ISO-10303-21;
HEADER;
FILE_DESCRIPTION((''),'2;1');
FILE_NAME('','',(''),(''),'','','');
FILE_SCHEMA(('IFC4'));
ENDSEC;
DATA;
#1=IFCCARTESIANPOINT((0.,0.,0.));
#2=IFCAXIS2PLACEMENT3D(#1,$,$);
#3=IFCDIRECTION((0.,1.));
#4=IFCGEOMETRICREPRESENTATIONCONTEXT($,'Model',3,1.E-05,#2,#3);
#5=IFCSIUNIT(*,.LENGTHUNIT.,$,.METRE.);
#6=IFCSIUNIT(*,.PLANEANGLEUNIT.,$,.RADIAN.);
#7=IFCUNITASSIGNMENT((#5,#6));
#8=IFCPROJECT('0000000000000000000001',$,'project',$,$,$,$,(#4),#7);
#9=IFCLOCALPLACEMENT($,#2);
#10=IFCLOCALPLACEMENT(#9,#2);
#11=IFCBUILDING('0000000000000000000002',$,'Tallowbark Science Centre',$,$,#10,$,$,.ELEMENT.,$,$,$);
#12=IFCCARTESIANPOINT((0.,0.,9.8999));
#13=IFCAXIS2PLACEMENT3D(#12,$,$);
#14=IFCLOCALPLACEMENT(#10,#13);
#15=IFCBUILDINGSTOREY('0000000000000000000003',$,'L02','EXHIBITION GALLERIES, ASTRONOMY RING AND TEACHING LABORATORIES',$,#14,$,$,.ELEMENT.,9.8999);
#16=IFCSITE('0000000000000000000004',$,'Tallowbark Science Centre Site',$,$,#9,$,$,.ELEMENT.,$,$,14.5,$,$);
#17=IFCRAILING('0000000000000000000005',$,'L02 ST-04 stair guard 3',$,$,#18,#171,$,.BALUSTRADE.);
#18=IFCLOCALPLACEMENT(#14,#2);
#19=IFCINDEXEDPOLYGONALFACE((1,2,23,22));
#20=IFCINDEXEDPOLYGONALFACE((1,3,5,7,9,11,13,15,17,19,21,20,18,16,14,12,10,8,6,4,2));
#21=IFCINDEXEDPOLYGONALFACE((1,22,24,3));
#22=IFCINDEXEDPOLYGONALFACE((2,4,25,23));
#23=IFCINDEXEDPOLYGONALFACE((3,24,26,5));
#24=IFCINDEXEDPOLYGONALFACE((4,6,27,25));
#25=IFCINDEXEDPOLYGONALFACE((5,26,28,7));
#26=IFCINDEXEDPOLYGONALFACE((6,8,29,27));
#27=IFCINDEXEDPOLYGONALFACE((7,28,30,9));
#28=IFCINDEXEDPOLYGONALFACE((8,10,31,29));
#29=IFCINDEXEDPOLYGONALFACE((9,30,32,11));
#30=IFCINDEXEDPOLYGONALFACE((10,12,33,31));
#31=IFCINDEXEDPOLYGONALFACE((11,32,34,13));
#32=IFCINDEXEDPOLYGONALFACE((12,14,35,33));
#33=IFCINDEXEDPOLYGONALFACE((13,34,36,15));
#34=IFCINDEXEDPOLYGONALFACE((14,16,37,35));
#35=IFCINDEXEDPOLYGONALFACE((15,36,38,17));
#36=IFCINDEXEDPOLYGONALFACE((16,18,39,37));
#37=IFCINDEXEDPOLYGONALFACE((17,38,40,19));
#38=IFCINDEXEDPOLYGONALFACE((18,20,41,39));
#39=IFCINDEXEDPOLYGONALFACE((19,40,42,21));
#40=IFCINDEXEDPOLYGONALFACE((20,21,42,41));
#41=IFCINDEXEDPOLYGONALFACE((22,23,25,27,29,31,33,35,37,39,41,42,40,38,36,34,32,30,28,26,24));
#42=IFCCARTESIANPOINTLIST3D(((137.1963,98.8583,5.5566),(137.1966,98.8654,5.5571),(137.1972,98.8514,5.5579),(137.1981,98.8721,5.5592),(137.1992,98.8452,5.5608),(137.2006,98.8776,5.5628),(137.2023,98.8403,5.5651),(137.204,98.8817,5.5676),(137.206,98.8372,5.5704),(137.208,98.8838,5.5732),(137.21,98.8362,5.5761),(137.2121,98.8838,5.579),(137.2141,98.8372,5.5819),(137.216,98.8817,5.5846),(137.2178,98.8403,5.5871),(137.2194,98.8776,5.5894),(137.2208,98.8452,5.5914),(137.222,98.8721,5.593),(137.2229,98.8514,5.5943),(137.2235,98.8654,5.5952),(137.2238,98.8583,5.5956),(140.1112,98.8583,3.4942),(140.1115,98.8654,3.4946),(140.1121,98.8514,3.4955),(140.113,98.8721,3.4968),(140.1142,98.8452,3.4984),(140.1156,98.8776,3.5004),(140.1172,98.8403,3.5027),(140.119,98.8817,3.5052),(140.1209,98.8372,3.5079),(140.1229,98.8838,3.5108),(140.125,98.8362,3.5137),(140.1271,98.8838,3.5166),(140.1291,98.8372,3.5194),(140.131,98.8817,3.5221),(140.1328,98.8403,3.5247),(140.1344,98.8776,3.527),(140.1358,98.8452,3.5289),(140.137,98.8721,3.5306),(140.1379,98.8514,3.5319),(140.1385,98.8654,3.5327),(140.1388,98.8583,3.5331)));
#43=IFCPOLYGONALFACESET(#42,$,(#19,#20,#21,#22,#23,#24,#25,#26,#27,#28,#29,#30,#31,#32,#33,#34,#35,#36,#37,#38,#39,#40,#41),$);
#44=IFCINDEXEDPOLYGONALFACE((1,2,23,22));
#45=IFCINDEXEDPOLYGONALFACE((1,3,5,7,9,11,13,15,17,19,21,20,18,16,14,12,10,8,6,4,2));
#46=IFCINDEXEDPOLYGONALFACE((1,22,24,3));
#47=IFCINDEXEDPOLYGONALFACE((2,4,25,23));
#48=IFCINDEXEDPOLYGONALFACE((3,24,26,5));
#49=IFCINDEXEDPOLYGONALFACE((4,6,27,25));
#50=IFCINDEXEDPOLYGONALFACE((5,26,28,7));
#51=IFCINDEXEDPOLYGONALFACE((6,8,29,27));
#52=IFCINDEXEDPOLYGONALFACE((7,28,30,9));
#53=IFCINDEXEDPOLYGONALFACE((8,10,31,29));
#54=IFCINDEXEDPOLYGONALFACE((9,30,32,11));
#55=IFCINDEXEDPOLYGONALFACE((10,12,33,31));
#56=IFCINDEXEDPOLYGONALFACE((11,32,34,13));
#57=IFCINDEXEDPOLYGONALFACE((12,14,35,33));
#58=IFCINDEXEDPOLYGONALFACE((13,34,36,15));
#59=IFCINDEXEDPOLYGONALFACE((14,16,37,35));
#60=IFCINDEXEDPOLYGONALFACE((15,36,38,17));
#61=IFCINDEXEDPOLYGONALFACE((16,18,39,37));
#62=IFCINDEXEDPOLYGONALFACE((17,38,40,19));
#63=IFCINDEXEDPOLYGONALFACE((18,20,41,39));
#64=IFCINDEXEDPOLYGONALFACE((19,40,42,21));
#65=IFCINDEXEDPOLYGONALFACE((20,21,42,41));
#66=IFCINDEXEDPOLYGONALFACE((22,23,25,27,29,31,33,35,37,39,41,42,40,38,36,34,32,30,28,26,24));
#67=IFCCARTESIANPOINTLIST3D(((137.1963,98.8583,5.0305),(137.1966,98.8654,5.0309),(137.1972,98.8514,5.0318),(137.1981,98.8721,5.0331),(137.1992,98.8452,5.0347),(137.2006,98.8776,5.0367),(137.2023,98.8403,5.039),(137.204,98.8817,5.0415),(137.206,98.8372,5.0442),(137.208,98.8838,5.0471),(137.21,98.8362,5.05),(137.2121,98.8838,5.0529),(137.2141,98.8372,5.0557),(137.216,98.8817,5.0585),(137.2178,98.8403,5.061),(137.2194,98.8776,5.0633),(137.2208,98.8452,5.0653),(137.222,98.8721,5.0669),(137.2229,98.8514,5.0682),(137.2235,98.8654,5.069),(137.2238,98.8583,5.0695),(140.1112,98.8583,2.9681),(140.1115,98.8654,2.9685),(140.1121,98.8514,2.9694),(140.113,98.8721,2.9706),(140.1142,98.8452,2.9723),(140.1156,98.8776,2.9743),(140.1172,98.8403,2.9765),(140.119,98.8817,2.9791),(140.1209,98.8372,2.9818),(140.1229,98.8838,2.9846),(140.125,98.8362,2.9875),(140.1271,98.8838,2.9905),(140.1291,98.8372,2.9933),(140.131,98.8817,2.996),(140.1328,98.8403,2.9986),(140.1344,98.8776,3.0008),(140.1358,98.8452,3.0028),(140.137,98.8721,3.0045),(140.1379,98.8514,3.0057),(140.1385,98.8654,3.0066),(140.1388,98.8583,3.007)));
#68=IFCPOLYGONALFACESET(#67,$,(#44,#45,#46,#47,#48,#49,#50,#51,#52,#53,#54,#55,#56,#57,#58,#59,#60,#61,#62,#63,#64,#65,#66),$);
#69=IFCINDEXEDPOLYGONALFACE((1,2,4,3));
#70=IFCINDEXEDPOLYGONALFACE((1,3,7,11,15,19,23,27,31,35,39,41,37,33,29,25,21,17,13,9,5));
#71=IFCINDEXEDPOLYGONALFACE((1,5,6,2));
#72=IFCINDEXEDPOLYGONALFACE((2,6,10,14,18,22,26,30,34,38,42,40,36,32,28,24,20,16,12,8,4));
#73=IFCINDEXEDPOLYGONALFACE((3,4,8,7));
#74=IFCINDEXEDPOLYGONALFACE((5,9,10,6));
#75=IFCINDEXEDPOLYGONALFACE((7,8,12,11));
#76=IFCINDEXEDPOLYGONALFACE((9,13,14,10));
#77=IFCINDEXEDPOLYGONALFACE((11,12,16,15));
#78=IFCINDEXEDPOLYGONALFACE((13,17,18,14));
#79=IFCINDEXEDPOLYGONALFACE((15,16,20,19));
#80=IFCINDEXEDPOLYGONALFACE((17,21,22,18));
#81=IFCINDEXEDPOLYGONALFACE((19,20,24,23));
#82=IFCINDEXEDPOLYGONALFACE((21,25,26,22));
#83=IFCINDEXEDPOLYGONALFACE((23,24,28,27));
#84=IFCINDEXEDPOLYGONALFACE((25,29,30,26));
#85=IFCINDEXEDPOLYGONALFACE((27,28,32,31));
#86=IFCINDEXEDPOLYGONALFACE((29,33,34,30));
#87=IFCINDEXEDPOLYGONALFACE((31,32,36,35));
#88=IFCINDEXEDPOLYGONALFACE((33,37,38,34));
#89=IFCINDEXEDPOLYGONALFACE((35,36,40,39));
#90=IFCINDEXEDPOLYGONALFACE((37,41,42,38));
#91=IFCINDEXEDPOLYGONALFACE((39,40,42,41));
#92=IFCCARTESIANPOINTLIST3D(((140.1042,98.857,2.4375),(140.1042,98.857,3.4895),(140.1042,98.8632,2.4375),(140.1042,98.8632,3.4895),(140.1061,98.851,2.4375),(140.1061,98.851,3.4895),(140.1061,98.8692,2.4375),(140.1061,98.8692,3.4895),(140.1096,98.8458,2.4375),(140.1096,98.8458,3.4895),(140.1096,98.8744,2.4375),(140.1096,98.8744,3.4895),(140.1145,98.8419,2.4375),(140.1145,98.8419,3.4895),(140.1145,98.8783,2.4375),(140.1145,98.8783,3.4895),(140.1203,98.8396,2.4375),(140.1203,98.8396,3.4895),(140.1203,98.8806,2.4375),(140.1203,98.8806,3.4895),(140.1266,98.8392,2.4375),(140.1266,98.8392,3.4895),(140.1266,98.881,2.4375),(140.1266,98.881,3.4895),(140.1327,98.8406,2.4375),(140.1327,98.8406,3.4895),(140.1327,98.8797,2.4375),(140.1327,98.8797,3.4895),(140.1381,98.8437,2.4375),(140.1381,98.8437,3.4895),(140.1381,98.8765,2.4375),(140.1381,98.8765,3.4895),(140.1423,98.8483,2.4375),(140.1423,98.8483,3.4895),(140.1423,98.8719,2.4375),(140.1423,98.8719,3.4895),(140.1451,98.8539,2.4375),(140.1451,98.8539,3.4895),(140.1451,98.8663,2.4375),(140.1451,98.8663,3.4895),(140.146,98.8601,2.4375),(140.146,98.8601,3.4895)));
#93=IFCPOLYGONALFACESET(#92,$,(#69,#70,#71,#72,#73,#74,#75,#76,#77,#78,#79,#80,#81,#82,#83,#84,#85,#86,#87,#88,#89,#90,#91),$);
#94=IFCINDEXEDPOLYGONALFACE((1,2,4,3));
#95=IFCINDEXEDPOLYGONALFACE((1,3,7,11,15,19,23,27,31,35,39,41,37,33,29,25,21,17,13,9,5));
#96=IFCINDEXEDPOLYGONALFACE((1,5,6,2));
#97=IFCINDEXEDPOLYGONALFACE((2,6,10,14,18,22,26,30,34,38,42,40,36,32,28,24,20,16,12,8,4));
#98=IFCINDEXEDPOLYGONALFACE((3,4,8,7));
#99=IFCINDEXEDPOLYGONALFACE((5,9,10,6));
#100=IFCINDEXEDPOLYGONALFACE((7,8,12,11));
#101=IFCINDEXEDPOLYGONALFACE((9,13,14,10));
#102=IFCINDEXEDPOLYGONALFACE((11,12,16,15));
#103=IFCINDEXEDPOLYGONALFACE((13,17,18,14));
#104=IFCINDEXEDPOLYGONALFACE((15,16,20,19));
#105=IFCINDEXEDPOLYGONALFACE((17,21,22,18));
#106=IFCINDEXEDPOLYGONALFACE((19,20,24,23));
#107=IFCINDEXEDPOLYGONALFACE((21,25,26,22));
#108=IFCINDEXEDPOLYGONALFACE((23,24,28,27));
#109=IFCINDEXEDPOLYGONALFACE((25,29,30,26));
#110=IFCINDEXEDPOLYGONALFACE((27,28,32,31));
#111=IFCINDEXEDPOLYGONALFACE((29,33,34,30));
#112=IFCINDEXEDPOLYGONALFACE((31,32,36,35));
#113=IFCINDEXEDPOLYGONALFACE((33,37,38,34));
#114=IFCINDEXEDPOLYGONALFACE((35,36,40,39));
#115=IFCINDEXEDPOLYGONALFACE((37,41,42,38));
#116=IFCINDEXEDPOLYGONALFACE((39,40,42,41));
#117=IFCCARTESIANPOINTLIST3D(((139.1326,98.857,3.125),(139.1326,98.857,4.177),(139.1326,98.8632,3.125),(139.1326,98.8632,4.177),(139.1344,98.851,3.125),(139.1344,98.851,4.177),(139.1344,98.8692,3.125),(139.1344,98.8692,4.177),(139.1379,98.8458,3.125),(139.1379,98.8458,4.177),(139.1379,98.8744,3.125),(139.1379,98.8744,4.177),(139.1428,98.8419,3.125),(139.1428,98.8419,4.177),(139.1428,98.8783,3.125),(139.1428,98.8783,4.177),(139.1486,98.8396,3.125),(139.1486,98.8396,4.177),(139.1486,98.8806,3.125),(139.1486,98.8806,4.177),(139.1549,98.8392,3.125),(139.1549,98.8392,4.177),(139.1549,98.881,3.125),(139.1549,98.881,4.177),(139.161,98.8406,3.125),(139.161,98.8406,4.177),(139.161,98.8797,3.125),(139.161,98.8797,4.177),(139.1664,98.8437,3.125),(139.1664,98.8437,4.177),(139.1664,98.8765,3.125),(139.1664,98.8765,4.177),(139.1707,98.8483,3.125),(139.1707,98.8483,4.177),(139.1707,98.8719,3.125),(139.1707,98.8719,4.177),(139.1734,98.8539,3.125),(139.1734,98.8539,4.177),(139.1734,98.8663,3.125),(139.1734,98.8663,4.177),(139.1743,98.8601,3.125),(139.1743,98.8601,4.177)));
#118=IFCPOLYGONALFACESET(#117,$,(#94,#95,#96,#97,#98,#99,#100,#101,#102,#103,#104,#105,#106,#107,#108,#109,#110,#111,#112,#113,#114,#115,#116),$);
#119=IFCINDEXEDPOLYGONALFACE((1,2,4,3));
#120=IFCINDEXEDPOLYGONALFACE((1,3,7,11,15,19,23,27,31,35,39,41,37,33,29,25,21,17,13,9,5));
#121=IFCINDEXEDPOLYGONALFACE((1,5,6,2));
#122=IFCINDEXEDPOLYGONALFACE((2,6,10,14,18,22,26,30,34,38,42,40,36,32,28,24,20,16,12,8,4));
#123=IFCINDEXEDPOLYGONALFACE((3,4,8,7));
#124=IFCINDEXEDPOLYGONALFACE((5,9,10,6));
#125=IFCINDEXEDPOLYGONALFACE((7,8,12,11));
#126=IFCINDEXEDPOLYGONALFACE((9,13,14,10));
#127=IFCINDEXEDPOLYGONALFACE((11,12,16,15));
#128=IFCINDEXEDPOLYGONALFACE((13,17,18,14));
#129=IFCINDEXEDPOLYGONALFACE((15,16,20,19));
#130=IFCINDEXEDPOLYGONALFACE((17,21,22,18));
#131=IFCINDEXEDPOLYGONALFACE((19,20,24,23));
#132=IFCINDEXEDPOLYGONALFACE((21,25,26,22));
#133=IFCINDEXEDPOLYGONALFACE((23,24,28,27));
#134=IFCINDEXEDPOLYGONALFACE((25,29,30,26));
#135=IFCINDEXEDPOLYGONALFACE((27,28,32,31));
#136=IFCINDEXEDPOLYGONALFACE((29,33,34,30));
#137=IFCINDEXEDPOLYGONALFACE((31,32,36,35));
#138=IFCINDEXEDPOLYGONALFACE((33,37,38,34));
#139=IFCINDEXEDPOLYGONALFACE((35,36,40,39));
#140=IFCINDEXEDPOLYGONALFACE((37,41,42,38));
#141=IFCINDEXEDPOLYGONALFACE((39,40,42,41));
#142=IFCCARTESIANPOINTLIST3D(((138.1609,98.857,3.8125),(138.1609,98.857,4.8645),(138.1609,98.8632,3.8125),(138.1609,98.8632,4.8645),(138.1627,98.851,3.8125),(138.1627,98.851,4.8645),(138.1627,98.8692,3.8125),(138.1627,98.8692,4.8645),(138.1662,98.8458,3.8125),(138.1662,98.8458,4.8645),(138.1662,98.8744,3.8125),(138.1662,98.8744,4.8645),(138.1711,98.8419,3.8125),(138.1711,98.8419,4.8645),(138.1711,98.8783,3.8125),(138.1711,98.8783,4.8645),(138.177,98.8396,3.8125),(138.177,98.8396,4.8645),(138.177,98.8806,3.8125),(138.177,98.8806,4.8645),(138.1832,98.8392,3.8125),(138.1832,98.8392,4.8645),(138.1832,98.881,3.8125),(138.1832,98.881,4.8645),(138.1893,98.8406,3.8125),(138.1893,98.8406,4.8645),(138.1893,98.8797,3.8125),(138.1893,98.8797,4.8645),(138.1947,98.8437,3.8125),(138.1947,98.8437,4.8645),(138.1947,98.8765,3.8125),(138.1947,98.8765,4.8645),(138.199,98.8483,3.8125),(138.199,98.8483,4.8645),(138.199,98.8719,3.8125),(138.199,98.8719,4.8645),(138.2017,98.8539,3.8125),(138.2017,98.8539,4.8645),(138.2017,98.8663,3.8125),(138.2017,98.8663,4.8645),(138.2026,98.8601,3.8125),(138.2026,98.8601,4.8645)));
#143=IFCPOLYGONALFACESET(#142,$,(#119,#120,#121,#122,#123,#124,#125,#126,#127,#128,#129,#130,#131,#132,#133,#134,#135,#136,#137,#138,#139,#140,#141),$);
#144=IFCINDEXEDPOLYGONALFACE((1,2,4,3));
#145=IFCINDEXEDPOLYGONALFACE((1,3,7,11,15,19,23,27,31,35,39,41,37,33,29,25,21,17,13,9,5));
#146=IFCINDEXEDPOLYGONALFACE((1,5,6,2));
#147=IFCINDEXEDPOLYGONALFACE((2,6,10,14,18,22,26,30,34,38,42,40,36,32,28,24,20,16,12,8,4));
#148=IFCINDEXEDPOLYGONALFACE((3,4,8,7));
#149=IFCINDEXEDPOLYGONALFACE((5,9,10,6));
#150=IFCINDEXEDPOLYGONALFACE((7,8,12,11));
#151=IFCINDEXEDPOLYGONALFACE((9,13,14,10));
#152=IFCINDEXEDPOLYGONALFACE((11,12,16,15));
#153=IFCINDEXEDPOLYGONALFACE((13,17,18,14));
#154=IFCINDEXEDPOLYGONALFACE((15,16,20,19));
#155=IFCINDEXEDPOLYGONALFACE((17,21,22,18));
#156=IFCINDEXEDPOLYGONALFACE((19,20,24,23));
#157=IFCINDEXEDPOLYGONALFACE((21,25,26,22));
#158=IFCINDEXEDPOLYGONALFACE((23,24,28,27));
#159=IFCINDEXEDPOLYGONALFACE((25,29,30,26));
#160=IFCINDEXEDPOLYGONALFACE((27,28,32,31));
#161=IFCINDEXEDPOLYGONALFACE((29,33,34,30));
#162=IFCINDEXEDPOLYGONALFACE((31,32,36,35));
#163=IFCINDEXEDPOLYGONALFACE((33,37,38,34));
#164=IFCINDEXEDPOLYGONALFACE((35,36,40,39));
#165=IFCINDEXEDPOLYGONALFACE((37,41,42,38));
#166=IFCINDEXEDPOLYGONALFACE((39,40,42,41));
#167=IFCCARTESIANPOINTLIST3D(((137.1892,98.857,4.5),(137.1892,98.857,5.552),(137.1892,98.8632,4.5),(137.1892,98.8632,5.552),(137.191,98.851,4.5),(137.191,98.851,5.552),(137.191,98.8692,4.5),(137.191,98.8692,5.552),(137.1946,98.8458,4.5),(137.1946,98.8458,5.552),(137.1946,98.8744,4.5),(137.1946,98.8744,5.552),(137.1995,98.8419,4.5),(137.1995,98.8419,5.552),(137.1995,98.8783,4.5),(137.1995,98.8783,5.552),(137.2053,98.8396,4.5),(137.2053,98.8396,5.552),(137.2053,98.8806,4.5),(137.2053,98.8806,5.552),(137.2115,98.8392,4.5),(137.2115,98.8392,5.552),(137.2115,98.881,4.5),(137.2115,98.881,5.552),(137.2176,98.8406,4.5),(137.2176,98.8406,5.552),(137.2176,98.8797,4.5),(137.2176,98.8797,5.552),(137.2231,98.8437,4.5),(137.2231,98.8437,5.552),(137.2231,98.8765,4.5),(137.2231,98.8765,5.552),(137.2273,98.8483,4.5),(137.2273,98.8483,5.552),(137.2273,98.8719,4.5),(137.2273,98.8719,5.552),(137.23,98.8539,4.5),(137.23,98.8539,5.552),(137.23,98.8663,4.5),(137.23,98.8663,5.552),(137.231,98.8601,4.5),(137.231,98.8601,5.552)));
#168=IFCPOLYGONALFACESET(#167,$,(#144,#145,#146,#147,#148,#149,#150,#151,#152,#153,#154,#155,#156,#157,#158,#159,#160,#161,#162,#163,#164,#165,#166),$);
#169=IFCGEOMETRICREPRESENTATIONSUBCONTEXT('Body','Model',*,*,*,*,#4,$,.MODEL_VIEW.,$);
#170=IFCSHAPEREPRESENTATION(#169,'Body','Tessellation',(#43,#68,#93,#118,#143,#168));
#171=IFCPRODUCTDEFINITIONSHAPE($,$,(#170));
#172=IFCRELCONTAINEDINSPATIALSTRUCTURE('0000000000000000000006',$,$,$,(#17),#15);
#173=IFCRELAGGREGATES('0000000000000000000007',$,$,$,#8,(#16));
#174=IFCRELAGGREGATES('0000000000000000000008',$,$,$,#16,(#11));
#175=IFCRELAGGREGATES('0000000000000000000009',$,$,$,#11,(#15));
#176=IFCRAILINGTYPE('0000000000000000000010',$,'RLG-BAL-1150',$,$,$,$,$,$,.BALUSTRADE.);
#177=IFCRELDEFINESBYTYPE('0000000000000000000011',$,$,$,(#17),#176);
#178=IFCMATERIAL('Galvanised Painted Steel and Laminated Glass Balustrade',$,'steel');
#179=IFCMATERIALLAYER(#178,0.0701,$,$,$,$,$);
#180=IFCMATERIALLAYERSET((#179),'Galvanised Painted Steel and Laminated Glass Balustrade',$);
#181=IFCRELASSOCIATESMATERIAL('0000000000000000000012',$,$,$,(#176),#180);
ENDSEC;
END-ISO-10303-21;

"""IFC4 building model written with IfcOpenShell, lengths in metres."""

from ifc_helpers import new_model, si_unit, direction, frame, origin, origin_2d, place, context, subcontext, project, spatial, circle, extrude, material, layer, layer_set, type_object, element, save


model = new_model("IFC4")

# Units and contexts
model_context = context("Model", 3, precision=1e-05, world=origin(), true_north=direction((0.0, 1.0)))
body_context = subcontext(model_context, "Body", "Model", "MODEL_VIEW")
ifc_project = project(units=[si_unit("LENGTHUNIT", "METRE"), si_unit("PLANEANGLEUNIT", "RADIAN")], contexts=[model_context])

# Site, building, storey
site_placement = place(None, origin())
site = spatial("IfcSite", under=ifc_project, at=site_placement, Name="Tallowbark Science Centre Site", CompositionType="ELEMENT", RefElevation=14.5)
building_placement = place(site_placement, origin())
building = spatial("IfcBuilding", under=site, at=building_placement, Name="Tallowbark Science Centre", CompositionType="ELEMENT")
storey_placement = place(building_placement, frame((0.0, 0.0, 9.8999)))
storey = spatial("IfcBuildingStorey", under=building, at=storey_placement, Name="L02", Description="EXHIBITION GALLERIES, ASTRONOMY RING AND TEACHING LABORATORIES", CompositionType="ELEMENT", Elevation=9.8999)

# Railing
ifc_material_1 = material(Name="Galvanised Painted Steel and Laminated Glass Balustrade", Category="steel")
ifc_layer_1 = layer(ifc_material_1, 0.0701)
ifc_layer_set_1 = layer_set([ifc_layer_1], Name="Galvanised Painted Steel and Laminated Glass Balustrade")
railing_type_1 = type_object("IfcRailingType", Name="RLG-BAL-1150", PredefinedType="BALUSTRADE", material=ifc_layer_set_1)
railing_1_placement = place(storey_placement, frame((140.125, 98.8601, 2.4375)))
element("IfcRailing", 1, at=railing_1_placement, inside=storey, type_object=railing_type_1, Name="L02 ST-04 stair guard 3", PredefinedType="BALUSTRADE", context=body_context, shape_type="SweptSolid", body=[
    extrude(circle(Radius=0.0239, at=origin_2d()), frame((0.0, 0.0, 1.0762), z_axis=(-0.816331, 0.0, 0.577585), x_axis=(0.0, -1.0, 0.0)), (0.0, 0.0, 1.0), 3.5708),
    extrude(circle(Radius=0.0239, at=origin_2d()), frame((0.0, 0.0, 0.55), z_axis=(-0.816331, 0.0, 0.577585), x_axis=(0.0, -1.0, 0.0)), (0.0, 0.0, 1.0), 3.5708),
    extrude(circle(Radius=0.021, at=origin_2d()), origin(), (0.0, 0.0, 1.0), 1.052),
    extrude(circle(Radius=0.021, at=origin_2d()), frame((-0.9717, 0.0, 0.6875)), (0.0, 0.0, 1.0), 1.052),
    extrude(circle(Radius=0.021, at=origin_2d()), frame((-1.9434, 0.0, 1.375)), (0.0, 0.0, 1.0), 1.052),
    extrude(circle(Radius=0.021, at=origin_2d()), frame((-2.915, 0.0, 2.0625)), (0.0, 0.0, 1.0), 1.052),
])

save(model, "model.ifc")
